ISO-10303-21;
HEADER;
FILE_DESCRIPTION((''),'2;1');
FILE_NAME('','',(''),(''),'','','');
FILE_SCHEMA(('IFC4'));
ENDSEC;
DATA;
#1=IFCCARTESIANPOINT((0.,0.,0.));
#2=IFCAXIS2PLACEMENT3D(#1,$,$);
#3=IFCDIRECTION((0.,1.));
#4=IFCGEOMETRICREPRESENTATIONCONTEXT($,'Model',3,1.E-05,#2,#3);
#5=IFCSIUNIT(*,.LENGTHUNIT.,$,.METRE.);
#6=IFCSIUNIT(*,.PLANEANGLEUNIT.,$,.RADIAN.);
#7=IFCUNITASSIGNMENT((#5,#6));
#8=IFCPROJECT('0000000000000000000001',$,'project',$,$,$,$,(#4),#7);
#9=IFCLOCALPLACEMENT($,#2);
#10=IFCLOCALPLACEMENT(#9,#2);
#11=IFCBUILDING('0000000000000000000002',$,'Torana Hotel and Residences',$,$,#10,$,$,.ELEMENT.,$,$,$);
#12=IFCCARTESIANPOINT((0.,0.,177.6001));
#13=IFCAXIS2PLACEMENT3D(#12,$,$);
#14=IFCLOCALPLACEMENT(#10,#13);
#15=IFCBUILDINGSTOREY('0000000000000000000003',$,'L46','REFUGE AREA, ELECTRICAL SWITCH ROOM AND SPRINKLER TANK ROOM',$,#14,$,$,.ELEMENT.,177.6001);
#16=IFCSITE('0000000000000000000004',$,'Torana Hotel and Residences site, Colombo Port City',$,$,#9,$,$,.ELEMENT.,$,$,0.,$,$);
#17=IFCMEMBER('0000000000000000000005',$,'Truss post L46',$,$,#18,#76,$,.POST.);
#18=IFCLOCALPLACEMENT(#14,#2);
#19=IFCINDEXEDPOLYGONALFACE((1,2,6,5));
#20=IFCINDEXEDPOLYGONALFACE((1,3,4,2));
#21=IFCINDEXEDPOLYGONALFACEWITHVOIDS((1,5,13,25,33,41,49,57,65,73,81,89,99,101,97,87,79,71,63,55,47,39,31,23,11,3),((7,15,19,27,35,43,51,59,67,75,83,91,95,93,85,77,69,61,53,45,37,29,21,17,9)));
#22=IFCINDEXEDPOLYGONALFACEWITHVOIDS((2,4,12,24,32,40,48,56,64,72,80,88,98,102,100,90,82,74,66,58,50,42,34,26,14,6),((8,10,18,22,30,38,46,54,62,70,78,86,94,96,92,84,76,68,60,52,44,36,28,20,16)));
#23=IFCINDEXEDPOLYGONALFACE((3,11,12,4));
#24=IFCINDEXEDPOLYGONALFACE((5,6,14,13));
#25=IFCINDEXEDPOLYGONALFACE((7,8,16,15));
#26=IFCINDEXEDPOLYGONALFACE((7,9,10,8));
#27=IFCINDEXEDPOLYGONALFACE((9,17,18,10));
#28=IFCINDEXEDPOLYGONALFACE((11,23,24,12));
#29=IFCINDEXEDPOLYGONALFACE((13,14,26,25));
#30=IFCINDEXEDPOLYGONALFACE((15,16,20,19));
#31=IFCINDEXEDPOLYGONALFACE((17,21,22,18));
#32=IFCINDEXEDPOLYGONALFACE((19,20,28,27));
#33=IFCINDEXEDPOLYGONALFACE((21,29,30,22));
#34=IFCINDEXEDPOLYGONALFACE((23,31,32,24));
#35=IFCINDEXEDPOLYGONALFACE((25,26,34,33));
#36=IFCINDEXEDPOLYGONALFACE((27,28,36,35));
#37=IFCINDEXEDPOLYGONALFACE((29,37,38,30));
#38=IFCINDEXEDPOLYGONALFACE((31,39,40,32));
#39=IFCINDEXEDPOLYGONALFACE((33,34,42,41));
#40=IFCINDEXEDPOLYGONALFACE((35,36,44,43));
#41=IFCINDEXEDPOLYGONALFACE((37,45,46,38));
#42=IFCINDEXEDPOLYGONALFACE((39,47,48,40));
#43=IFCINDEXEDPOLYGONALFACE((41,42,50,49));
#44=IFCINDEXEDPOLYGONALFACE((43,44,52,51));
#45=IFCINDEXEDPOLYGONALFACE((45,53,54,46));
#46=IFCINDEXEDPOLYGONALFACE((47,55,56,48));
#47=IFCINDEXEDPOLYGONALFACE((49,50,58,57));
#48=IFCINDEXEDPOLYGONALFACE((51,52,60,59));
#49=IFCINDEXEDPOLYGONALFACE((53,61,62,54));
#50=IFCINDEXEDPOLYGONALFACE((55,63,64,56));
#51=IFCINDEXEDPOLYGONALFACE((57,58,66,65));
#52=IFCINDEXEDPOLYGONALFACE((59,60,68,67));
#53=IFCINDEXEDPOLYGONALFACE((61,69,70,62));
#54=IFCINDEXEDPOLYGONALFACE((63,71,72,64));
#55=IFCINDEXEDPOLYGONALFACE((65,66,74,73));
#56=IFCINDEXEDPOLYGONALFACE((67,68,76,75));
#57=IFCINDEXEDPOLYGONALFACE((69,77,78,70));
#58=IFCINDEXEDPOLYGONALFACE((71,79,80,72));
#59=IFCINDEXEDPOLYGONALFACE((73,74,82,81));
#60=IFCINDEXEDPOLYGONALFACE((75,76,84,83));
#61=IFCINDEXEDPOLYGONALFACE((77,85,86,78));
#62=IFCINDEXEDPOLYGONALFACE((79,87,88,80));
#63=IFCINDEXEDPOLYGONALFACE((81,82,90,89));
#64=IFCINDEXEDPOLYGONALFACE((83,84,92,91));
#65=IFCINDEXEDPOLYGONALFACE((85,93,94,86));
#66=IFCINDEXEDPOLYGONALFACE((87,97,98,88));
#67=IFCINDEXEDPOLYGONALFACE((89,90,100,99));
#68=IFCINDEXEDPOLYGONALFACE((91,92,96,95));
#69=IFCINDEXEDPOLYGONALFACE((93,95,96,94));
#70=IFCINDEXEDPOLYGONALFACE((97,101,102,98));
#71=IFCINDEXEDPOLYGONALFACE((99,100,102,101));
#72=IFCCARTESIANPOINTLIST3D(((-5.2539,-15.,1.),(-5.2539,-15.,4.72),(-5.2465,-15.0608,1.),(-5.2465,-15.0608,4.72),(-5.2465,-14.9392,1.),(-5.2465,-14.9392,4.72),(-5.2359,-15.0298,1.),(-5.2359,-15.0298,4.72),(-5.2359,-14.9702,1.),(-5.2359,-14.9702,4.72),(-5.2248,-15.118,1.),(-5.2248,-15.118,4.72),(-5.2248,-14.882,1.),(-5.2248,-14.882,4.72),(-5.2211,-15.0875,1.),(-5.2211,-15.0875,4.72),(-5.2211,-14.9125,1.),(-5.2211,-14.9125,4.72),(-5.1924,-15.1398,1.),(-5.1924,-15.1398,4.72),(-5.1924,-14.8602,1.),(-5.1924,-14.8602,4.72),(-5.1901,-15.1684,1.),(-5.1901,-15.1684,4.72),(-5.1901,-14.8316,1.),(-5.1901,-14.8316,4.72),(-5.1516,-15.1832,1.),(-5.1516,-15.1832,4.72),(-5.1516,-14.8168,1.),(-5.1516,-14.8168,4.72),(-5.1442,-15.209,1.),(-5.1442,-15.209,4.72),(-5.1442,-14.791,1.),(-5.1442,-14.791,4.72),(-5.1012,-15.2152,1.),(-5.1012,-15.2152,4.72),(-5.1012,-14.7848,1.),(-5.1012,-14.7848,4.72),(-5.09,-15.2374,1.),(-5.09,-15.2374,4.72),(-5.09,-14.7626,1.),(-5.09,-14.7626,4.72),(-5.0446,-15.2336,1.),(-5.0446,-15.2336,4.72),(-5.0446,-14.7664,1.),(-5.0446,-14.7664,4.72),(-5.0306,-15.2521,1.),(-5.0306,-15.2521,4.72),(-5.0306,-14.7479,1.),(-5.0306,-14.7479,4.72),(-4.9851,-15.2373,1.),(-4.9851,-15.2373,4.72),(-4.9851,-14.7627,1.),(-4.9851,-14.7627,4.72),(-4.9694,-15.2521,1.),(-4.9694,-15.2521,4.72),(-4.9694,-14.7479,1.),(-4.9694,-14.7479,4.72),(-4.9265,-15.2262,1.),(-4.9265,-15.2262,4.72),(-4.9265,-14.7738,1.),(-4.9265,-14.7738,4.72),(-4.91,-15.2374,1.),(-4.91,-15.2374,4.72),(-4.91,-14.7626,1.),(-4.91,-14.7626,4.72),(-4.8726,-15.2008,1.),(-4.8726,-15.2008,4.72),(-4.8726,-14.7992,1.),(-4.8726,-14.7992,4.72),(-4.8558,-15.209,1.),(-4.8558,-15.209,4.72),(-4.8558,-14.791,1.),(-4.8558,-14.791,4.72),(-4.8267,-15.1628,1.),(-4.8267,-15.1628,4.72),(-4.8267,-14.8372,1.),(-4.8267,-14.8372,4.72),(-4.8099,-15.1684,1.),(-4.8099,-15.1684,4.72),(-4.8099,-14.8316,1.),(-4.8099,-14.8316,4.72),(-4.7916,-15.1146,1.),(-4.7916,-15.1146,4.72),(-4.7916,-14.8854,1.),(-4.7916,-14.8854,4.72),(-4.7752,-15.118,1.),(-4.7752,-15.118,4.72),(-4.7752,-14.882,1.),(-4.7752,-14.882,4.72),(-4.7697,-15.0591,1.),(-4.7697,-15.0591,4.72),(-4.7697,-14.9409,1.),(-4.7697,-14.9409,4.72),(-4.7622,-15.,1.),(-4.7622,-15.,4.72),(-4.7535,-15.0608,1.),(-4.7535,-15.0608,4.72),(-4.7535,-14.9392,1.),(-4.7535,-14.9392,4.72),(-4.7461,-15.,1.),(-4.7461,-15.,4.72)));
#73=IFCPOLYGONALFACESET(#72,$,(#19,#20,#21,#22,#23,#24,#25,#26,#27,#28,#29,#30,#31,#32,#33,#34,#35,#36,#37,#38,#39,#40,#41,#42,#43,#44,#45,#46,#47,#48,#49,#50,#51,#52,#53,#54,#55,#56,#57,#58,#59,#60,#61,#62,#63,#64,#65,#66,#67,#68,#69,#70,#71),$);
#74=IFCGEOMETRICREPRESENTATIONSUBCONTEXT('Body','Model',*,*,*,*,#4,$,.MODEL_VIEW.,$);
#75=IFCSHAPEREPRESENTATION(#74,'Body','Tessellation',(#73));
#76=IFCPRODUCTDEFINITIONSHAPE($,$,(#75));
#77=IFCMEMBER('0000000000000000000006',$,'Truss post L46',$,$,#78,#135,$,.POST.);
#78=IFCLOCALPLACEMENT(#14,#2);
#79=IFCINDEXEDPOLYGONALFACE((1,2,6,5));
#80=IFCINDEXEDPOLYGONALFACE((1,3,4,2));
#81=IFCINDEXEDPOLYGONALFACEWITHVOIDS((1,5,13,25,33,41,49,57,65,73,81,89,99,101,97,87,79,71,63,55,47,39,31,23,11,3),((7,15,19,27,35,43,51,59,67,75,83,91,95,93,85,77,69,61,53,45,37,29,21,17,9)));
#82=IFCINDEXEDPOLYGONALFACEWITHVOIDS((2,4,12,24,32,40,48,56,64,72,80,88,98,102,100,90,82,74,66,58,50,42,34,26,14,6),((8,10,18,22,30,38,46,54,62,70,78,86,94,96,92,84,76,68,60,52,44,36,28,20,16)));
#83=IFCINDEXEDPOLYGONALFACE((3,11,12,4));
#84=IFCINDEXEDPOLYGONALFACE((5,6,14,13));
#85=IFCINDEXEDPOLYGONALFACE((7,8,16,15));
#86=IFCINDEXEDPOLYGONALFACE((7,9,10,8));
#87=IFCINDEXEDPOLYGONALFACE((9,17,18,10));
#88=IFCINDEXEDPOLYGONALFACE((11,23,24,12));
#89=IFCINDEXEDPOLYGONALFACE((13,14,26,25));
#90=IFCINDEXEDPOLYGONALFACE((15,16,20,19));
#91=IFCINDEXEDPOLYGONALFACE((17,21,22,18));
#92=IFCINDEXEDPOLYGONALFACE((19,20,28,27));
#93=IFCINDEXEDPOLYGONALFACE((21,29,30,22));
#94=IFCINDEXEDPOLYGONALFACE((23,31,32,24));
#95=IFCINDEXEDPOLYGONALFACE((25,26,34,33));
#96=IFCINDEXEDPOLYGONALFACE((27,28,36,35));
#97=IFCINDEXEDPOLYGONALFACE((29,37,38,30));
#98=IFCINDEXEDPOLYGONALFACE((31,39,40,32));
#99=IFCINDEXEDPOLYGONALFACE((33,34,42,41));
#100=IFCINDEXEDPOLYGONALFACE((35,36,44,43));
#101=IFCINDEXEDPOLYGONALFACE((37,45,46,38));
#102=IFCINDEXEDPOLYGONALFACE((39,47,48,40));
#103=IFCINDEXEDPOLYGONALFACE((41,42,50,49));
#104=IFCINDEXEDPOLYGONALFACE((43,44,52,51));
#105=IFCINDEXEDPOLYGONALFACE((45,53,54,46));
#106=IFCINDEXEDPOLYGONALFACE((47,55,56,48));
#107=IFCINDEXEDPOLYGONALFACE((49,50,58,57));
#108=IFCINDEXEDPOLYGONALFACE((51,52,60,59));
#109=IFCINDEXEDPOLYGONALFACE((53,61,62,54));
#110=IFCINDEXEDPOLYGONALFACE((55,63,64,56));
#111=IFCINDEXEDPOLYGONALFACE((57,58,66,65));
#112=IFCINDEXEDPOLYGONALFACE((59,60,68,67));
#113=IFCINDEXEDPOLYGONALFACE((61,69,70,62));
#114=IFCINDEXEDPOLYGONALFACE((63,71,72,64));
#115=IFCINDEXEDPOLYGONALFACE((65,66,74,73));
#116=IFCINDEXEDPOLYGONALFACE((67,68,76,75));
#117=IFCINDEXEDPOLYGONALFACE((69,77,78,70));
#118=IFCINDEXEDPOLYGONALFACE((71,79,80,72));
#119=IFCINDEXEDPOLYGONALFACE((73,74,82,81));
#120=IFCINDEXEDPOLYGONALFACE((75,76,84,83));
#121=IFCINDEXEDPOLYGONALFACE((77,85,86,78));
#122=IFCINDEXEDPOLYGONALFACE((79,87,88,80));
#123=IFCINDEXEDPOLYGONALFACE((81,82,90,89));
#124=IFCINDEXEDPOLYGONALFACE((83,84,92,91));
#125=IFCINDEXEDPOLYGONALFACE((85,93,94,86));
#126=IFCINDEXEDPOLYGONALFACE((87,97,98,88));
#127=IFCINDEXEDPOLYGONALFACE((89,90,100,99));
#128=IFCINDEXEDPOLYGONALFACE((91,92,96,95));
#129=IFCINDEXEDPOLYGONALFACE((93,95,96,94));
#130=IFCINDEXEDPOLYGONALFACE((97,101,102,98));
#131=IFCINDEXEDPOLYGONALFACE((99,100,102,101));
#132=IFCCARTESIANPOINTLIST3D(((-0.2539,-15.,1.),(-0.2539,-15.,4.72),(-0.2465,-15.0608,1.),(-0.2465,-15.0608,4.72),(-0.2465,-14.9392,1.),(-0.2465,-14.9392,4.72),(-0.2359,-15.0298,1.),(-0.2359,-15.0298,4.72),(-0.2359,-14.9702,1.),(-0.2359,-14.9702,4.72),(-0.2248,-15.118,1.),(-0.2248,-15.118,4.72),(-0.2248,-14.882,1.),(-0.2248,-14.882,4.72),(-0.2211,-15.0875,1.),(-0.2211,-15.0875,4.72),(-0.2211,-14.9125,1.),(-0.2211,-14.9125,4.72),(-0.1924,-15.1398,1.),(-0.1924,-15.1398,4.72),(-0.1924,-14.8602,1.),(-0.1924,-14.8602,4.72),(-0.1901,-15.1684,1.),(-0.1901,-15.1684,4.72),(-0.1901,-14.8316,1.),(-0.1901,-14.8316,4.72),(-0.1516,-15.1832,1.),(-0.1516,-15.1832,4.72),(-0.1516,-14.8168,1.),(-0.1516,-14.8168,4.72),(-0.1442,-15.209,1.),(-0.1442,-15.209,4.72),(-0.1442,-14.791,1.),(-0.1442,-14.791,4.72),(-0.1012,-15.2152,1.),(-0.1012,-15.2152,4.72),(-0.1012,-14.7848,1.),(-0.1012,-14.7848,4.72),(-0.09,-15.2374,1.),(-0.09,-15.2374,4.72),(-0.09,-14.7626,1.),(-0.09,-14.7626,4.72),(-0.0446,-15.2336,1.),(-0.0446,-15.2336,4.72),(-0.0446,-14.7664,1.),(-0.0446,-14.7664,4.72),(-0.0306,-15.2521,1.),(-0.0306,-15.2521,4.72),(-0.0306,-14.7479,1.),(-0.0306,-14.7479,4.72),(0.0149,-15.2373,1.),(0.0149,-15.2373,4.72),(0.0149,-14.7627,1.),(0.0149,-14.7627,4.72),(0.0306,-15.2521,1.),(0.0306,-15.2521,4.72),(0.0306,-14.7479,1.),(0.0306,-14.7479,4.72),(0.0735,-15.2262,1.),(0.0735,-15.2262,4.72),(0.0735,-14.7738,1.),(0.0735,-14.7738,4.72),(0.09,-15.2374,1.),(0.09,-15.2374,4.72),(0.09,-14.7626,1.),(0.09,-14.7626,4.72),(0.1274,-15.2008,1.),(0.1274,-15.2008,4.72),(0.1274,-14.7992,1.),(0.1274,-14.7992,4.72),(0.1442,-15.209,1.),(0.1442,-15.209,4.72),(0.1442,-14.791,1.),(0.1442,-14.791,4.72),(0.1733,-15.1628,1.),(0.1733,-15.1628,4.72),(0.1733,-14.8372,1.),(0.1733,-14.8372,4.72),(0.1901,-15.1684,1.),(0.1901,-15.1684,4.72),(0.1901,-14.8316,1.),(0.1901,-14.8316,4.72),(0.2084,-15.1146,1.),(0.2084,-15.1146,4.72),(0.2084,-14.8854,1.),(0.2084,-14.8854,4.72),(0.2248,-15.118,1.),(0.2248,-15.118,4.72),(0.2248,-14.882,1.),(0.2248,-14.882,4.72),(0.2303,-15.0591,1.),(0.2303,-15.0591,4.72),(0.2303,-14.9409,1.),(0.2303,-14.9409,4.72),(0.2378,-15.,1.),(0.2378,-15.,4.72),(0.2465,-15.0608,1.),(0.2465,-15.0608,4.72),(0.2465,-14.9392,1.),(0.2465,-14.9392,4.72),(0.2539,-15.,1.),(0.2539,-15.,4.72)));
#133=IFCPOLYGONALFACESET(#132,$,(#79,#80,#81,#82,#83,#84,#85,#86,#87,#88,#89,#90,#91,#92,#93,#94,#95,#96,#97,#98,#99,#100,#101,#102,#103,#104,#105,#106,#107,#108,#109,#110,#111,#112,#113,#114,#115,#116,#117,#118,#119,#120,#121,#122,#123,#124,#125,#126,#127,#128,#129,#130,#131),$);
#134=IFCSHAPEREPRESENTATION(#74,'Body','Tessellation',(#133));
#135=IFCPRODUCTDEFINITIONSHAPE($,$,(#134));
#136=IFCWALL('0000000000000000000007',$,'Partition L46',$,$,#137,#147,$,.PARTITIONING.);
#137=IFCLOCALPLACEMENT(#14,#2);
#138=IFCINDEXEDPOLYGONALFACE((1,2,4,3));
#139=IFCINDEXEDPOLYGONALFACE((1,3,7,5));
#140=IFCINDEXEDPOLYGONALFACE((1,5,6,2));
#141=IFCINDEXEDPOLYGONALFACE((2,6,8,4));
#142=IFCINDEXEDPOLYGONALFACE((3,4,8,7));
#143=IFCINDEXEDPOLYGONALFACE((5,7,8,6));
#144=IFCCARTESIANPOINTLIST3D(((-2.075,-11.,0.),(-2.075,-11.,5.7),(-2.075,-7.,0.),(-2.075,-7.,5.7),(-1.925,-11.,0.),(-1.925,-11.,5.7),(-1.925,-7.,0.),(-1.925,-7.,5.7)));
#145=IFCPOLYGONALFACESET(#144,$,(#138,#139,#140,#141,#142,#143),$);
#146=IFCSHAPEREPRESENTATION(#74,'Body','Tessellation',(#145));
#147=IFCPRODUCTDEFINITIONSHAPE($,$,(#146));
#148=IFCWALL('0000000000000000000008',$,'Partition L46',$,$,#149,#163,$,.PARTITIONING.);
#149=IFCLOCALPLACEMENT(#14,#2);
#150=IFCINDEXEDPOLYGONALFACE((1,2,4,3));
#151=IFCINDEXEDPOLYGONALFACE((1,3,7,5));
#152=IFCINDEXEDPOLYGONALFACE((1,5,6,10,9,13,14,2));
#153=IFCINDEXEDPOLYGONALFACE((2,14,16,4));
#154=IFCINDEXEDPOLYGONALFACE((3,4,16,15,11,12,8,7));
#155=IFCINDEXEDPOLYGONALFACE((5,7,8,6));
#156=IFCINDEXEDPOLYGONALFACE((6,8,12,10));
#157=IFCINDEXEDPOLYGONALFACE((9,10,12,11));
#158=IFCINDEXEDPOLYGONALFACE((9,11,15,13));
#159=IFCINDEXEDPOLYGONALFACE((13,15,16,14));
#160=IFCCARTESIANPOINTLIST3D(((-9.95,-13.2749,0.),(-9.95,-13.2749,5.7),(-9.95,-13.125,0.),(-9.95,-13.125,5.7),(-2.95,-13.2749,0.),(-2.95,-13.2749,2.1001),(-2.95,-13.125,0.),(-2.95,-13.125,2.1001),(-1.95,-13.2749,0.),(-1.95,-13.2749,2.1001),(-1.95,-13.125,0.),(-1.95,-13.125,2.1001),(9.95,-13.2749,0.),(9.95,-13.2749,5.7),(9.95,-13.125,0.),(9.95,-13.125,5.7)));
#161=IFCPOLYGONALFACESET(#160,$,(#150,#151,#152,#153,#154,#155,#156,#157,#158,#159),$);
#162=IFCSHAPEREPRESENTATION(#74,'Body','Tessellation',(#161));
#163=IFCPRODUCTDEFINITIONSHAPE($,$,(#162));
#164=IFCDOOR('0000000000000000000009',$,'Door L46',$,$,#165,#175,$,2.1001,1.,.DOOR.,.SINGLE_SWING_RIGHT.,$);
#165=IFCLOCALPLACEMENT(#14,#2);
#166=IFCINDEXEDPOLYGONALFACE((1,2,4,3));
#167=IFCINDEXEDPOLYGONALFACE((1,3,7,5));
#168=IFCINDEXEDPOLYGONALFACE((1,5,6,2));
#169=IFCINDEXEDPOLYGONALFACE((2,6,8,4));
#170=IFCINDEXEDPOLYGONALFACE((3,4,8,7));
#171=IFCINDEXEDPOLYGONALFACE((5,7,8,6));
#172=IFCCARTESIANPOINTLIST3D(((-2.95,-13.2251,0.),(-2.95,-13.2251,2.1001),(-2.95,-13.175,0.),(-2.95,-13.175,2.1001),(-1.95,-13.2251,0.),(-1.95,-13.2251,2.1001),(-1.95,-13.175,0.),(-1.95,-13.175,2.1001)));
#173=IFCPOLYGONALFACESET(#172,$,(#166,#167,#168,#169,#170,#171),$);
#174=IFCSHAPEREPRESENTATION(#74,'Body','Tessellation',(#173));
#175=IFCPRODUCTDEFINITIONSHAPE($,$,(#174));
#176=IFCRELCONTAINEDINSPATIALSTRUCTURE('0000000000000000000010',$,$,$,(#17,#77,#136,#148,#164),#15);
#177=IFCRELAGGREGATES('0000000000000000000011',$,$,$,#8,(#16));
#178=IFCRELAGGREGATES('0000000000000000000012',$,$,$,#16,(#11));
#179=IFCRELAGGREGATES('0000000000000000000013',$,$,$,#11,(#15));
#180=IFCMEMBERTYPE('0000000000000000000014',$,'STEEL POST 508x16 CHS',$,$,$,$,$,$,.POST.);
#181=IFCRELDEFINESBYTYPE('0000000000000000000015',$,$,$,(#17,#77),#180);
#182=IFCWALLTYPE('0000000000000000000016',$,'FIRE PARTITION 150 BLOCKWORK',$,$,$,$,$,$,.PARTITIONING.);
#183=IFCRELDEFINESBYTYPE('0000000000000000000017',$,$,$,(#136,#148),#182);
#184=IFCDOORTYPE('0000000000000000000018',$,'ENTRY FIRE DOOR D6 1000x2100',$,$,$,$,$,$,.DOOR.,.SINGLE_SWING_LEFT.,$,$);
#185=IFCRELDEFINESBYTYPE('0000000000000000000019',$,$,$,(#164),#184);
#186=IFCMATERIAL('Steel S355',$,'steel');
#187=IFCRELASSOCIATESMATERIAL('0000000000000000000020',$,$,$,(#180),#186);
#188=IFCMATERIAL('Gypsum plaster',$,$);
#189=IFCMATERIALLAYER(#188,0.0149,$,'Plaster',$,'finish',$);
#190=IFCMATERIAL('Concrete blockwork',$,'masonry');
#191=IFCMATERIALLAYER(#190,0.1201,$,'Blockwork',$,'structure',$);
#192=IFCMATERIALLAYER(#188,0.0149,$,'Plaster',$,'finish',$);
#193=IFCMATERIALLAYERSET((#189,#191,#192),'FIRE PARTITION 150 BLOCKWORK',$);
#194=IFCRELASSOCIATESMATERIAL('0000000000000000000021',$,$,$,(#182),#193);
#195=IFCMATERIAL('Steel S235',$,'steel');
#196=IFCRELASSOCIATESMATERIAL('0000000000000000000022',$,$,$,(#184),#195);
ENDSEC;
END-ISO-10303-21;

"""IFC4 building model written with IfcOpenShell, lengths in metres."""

from ifc_helpers import new_model, si_unit, direction, frame, frame_2d, origin, origin_2d, place, context, subcontext, project, spatial, rectangle, hollow_circle, extrude, material, layer, layer_set, material_profile, profile_set, type_object, element, fill, save


model = new_model("IFC4")

# Units and contexts
model_context = context("Model", 3, precision=1e-05, world=origin(), true_north=direction((0.0, 1.0)))
body_context = subcontext(model_context, "Body", "Model", "MODEL_VIEW")
ifc_project = project(units=[si_unit("LENGTHUNIT", "METRE"), si_unit("PLANEANGLEUNIT", "RADIAN")], contexts=[model_context])

# Site, building, storey
site_placement = place(None, origin())
site = spatial("IfcSite", under=ifc_project, at=site_placement, Name="Torana Hotel and Residences site, Colombo Port City", CompositionType="ELEMENT", RefElevation=0.0)
building_placement = place(site_placement, origin())
building = spatial("IfcBuilding", under=site, at=building_placement, Name="Torana Hotel and Residences", CompositionType="ELEMENT")
storey_placement = place(building_placement, frame((0.0, 0.0, 177.6001)))
storey = spatial("IfcBuildingStorey", under=building, at=storey_placement, Name="L46", Description="REFUGE AREA, ELECTRICAL SWITCH ROOM AND SPRINKLER TANK ROOM", CompositionType="ELEMENT", Elevation=177.6001)

# Members
ifc_material_1 = material(Name="Steel S355", Category="steel")
ifc_material_profile_1 = material_profile(ifc_material_1, hollow_circle(Radius=0.2539, WallThickness=0.0161, at=origin_2d()), Name="508x16 CHS")
ifc_profile_set_1 = profile_set([ifc_material_profile_1], Name="Steel S355")
member_type_1 = type_object("IfcMemberType", Name="STEEL POST 508x16 CHS", PredefinedType="POST", material=ifc_profile_set_1)
for number, where, z_axis, x_axis, name in (
    (1, (-5.0, -15.0, 1.0), (0.0, 0.0, 1.0), (1.0, 0.0, 0.0), "Truss post L46"),
    (2, (0.0, -15.0, 1.0), (0.0, 0.0, 1.0), (1.0, 0.0, 0.0), "Truss post L46"),
):
    element("IfcMember", number, at=place(storey_placement, frame(where, z_axis=z_axis, x_axis=x_axis)), inside=storey, type_object=member_type_1, Name=name, PredefinedType="POST", context=body_context, shape_type="SweptSolid", body=[
        extrude(hollow_circle(Radius=0.2539, WallThickness=0.0161, at=origin_2d()), origin(), (0.0, 0.0, 1.0), 3.72),
    ])

# Wall
ifc_material_2 = material(Name="Gypsum plaster")
ifc_layer_1 = layer(ifc_material_2, 0.0149, Name="Plaster", Category="finish")
ifc_material_3 = material(Name="Concrete blockwork", Category="masonry")
ifc_layer_2 = layer(ifc_material_3, 0.1201, Name="Blockwork", Category="structure")
ifc_layer_3 = layer(ifc_material_2, 0.0149, Name="Plaster", Category="finish")
ifc_layer_set_1 = layer_set([ifc_layer_1, ifc_layer_2, ifc_layer_3], Name="FIRE PARTITION 150 BLOCKWORK")
wall_type_1 = type_object("IfcWallType", Name="FIRE PARTITION 150 BLOCKWORK", PredefinedType="PARTITIONING", material=ifc_layer_set_1)
wall_1_placement = place(storey_placement, frame((-2.0, -11.0, 0.0), z_axis=(0.0, 0.0, 1.0), x_axis=(0.0, 1.0, 0.0)))
element("IfcWall", 3, at=wall_1_placement, inside=storey, type_object=wall_type_1, Name="Partition L46", PredefinedType="PARTITIONING", context=body_context, shape_type="SweptSolid", body=[
    extrude(rectangle(XDim=4.0, YDim=0.1499, at=frame_2d((2.0, 0.0))), origin(), (0.0, 0.0, 1.0), 5.7),
])

# Wall, opening, door
wall_2_placement = place(storey_placement, frame((-9.95, -13.2, 0.0), z_axis=(0.0, 0.0, 1.0), x_axis=(1.0, 0.0, 0.0)))
wall_2 = element("IfcWall", 4, at=wall_2_placement, inside=storey, type_object=wall_type_1, Name="Partition L46", PredefinedType="PARTITIONING", context=body_context, shape_type="SweptSolid", body=[
    extrude(rectangle(XDim=19.8999, YDim=0.1499, at=frame_2d((9.95, 0.0))), origin(), (0.0, 0.0, 1.0), 5.7),
])
opening_1_placement = place(wall_2_placement, frame((7.0, 0.0, 0.0)))
opening_1 = element("IfcOpeningElement", 5, at=opening_1_placement, cuts=wall_2, PredefinedType="OPENING", context=body_context, shape_type="SweptSolid", body=[
    extrude(rectangle(XDim=1.0, YDim=2.1001, at=frame_2d((0.5, 1.05))), frame((0.0, 0.085, 0.0), z_axis=(0.0, -1.0, 0.0), x_axis=(1.0, 0.0, 0.0)), (0.0, 0.0, 1.0), 0.1699),
])
ifc_material_4 = material(Name="Steel S235", Category="steel")
door_type_1 = type_object("IfcDoorType", Name="ENTRY FIRE DOOR D6 1000x2100", OperationType="SINGLE_SWING_LEFT", PredefinedType="DOOR", material=ifc_material_4)
door_1_placement = place(opening_1_placement, origin())
door_1 = element("IfcDoor", 6, at=door_1_placement, inside=storey, type_object=door_type_1, Name="Door L46", OperationType="SINGLE_SWING_RIGHT", OverallHeight=2.1001, OverallWidth=1.0, PredefinedType="DOOR", context=body_context, shape_type="SweptSolid", body=[
    extrude(rectangle(XDim=1.0, YDim=2.1001, at=frame_2d((0.5, 1.05))), frame((0.0, 0.0249, 0.0), z_axis=(0.0, -1.0, 0.0), x_axis=(1.0, 0.0, 0.0)), (0.0, 0.0, 1.0), 0.05),
])
fill(opening_1, door_1)

save(model, "model.ifc")
